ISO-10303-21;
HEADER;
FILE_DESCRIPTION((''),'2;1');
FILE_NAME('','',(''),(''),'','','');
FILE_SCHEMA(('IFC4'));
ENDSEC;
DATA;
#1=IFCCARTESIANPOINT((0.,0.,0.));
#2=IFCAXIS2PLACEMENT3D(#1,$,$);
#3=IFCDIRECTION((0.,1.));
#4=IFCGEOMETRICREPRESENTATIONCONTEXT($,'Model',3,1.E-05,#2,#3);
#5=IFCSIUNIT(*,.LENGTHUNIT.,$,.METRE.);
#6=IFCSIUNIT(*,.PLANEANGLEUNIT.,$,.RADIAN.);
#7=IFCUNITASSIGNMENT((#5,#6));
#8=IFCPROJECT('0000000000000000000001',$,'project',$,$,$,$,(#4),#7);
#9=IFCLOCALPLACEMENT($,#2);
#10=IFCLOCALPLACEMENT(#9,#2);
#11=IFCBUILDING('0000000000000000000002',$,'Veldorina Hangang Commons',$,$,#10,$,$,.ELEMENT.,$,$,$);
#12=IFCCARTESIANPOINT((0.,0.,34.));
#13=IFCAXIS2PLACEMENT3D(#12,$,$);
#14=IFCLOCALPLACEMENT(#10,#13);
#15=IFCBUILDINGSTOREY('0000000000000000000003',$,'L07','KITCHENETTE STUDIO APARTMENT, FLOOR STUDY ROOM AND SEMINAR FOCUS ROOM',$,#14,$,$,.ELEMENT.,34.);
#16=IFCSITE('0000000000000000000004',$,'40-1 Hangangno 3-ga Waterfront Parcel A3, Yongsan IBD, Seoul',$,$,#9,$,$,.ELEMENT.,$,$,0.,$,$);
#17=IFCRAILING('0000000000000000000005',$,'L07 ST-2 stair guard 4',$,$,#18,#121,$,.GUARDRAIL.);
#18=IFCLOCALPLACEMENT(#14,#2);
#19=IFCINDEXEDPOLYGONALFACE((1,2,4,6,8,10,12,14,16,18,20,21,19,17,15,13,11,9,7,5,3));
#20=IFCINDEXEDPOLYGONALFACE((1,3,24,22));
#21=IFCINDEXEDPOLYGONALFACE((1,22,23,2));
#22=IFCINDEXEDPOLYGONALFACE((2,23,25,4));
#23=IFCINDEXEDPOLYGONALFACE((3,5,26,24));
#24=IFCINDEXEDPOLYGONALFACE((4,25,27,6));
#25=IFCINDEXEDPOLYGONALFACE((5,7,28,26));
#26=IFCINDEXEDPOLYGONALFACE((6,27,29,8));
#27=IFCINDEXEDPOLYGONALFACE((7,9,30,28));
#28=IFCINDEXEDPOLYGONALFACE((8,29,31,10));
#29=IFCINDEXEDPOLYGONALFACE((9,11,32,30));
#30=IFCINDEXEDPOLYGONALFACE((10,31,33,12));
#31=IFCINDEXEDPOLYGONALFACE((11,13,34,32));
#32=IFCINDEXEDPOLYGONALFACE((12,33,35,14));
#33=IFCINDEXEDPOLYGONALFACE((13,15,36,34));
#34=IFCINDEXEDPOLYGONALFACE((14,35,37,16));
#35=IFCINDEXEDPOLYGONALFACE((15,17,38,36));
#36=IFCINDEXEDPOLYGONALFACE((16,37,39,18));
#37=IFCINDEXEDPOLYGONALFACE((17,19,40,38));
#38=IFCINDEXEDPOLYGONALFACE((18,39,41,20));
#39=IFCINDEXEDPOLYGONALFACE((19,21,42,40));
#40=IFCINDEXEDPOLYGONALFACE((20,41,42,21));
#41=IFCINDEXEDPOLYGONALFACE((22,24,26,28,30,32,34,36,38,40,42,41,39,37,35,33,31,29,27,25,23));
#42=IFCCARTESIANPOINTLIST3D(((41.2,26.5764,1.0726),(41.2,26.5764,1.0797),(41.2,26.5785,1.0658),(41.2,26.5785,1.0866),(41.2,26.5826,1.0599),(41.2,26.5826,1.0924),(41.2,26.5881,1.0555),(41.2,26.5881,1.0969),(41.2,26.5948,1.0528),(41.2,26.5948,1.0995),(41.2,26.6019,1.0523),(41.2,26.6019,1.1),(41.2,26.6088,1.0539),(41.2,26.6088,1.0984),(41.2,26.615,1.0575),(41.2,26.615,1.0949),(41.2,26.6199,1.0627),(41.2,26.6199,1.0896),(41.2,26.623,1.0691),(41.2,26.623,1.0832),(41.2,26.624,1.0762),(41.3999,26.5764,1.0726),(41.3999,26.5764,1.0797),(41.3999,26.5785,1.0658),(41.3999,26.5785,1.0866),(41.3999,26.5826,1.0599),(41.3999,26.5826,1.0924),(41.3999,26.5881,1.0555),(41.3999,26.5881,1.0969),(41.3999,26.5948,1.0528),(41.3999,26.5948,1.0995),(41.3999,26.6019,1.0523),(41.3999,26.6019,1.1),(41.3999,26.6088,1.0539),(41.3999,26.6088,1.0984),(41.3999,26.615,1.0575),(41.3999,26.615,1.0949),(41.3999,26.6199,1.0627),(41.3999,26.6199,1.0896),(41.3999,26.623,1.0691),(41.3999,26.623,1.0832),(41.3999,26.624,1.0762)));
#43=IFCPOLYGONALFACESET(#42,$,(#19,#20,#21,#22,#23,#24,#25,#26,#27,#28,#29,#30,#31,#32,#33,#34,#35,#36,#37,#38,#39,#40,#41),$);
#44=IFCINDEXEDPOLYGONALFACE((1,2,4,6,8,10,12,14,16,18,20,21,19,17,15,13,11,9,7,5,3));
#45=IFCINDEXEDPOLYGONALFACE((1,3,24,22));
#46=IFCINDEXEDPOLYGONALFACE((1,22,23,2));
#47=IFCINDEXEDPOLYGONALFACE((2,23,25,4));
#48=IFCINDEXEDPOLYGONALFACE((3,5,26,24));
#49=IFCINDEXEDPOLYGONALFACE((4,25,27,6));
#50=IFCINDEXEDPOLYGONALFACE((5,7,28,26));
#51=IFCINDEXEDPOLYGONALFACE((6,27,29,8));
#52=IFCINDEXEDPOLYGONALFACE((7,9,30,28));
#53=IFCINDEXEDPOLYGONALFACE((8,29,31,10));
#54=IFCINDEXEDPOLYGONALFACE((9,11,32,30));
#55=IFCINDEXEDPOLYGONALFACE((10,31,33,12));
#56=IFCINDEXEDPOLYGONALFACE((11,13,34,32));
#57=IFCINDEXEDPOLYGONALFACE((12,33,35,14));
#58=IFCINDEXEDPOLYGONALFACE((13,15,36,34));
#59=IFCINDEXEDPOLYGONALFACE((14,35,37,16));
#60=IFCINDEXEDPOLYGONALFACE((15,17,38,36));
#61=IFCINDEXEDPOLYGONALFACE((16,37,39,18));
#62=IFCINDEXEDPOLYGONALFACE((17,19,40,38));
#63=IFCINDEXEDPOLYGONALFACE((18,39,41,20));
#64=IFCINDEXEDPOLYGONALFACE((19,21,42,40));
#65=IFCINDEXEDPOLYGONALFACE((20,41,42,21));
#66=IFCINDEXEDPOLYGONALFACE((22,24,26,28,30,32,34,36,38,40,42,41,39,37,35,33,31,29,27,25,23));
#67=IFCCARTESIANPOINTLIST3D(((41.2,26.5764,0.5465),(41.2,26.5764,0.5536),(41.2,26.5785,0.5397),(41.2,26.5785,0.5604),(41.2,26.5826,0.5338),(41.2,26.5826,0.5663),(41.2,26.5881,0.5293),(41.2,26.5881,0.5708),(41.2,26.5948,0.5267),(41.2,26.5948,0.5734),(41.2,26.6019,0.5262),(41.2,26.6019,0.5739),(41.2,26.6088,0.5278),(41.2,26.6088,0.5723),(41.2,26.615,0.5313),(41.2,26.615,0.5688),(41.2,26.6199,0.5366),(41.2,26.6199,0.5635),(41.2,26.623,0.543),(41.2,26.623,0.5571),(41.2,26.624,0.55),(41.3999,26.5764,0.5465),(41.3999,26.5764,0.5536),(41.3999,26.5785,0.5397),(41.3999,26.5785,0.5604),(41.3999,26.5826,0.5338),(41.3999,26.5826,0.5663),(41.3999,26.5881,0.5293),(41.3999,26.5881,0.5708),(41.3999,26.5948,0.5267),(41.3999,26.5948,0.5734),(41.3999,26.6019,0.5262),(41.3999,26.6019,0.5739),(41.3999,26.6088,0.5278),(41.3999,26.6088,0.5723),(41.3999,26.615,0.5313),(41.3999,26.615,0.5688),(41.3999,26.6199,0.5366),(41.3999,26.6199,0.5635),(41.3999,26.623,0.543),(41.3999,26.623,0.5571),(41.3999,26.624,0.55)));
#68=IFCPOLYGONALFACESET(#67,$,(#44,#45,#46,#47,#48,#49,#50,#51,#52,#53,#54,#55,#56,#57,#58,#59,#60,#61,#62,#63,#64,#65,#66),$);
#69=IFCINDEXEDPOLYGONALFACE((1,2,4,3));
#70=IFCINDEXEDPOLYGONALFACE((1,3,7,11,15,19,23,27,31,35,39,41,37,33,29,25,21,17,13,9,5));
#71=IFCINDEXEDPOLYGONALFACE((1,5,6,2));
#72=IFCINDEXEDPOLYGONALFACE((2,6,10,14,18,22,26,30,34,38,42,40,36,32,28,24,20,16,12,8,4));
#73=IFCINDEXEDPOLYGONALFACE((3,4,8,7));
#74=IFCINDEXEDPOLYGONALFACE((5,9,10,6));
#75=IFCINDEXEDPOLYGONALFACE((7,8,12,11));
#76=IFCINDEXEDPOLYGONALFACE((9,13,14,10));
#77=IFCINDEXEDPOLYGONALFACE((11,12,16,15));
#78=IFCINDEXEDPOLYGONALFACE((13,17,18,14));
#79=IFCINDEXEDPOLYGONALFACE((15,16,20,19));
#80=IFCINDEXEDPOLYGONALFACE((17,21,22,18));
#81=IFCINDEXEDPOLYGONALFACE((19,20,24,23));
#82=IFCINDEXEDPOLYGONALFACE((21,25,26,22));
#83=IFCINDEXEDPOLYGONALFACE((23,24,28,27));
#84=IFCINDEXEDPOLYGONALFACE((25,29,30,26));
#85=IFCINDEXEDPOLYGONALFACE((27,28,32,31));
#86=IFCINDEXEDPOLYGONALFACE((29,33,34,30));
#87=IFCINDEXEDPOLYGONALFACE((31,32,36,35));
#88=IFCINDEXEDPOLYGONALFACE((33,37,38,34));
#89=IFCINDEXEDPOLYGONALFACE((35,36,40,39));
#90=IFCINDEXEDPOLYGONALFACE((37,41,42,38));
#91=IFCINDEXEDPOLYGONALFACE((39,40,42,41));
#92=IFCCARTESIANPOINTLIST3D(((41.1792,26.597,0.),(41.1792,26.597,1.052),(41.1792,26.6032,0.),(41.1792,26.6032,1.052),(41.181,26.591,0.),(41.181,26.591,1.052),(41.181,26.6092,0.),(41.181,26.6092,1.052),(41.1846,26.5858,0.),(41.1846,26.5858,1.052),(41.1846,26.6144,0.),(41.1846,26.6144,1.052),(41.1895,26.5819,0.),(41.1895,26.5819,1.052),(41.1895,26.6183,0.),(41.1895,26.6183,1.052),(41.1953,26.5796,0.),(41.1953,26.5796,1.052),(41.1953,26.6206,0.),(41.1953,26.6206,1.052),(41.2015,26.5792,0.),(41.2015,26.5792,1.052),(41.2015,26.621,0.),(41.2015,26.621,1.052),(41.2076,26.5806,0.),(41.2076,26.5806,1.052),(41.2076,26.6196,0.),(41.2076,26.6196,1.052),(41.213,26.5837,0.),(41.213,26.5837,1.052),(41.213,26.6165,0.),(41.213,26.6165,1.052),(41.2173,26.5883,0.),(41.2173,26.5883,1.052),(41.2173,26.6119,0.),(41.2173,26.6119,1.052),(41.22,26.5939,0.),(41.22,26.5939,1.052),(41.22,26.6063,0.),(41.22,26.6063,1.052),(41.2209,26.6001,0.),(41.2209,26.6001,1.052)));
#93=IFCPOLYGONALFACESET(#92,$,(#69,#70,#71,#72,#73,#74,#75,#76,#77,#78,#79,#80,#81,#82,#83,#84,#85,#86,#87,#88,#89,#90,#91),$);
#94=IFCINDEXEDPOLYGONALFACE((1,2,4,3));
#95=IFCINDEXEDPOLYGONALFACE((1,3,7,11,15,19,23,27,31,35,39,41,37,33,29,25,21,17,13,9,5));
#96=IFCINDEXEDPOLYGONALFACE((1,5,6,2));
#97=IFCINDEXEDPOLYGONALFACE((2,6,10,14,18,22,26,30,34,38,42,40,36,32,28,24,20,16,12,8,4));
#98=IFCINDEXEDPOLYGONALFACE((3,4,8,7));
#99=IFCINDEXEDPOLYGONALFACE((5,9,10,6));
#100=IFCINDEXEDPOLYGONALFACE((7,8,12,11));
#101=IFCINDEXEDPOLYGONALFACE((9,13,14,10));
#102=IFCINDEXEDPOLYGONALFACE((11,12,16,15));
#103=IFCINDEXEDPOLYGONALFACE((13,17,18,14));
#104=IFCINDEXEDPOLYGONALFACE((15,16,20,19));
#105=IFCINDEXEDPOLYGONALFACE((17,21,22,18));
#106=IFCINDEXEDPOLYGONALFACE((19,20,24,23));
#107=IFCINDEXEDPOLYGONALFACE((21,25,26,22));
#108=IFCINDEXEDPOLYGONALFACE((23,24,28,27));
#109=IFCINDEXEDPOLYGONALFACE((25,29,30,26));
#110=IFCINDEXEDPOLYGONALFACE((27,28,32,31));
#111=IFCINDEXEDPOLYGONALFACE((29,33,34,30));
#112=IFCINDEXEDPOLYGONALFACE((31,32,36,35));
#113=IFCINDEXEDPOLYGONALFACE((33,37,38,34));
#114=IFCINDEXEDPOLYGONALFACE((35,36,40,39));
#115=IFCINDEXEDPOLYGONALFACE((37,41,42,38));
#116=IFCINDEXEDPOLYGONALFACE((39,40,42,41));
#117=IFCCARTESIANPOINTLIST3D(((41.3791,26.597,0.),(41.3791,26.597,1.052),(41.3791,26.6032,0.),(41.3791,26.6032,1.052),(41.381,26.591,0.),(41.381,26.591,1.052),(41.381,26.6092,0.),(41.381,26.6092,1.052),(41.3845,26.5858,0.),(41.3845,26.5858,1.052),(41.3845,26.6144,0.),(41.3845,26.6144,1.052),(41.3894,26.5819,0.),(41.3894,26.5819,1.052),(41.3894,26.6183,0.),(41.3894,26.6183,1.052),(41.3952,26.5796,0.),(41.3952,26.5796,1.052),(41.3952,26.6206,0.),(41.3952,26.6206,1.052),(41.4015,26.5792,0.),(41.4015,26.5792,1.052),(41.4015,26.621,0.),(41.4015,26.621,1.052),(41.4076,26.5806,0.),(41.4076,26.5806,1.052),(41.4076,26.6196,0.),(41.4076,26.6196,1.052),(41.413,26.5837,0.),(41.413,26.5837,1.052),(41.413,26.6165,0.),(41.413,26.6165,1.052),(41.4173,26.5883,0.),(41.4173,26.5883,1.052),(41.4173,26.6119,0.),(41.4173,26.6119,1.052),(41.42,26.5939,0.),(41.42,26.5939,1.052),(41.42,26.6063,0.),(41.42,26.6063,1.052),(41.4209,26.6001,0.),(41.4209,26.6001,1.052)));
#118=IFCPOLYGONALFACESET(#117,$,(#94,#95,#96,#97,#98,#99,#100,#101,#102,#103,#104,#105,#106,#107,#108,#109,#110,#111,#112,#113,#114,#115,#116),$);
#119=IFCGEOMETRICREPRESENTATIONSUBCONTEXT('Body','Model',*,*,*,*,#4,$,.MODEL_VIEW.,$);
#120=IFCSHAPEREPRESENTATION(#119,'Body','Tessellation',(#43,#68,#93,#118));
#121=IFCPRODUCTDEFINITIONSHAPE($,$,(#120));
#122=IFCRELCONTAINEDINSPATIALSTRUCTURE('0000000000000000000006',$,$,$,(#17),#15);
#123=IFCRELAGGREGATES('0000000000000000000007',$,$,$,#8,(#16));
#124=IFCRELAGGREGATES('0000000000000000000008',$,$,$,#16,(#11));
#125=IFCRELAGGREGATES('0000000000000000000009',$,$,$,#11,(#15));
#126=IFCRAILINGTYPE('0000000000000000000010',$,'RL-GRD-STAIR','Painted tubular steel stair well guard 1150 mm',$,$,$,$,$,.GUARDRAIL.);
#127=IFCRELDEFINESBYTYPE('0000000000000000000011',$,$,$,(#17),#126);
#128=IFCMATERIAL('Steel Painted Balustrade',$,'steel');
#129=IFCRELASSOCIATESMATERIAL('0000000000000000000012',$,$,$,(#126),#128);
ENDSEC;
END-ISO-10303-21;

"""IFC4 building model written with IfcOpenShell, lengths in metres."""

from ifc_helpers import new_model, si_unit, direction, frame, origin, origin_2d, place, context, subcontext, project, spatial, circle, extrude, material, type_object, element, save


model = new_model("IFC4")

# Units and contexts
model_context = context("Model", 3, precision=1e-05, world=origin(), true_north=direction((0.0, 1.0)))
body_context = subcontext(model_context, "Body", "Model", "MODEL_VIEW")
ifc_project = project(units=[si_unit("LENGTHUNIT", "METRE"), si_unit("PLANEANGLEUNIT", "RADIAN")], contexts=[model_context])

# Site, building, storey
site_placement = place(None, origin())
site = spatial("IfcSite", under=ifc_project, at=site_placement, Name="40-1 Hangangno 3-ga Waterfront Parcel A3, Yongsan IBD, Seoul", CompositionType="ELEMENT", RefElevation=0.0)
building_placement = place(site_placement, origin())
building = spatial("IfcBuilding", under=site, at=building_placement, Name="Veldorina Hangang Commons", CompositionType="ELEMENT")
storey_placement = place(building_placement, frame((0.0, 0.0, 34.0)))
storey = spatial("IfcBuildingStorey", under=building, at=storey_placement, Name="L07", Description="KITCHENETTE STUDIO APARTMENT, FLOOR STUDY ROOM AND SEMINAR FOCUS ROOM", CompositionType="ELEMENT", Elevation=34.0)

# Railing
ifc_material_1 = material(Name="Steel Painted Balustrade", Category="steel")
railing_type_1 = type_object("IfcRailingType", Name="RL-GRD-STAIR", Description="Painted tubular steel stair well guard 1150 mm", PredefinedType="GUARDRAIL", material=ifc_material_1)
railing_1_placement = place(storey_placement, frame((41.2, 26.6001, 0.0)))
element("IfcRailing", 1, at=railing_1_placement, inside=storey, type_object=railing_type_1, Name="L07 ST-2 stair guard 4", PredefinedType="GUARDRAIL", context=body_context, shape_type="SweptSolid", body=[
    extrude(circle(Radius=0.0239, at=origin_2d()), frame((0.0, 0.0, 1.0762), z_axis=(1.0, 0.0, 0.0), x_axis=(0.0, 1.0, 0.0)), (0.0, 0.0, 1.0), 0.2),
    extrude(circle(Radius=0.0239, at=origin_2d()), frame((0.0, 0.0, 0.55), z_axis=(1.0, 0.0, 0.0), x_axis=(0.0, 1.0, 0.0)), (0.0, 0.0, 1.0), 0.2),
    extrude(circle(Radius=0.021, at=origin_2d()), origin(), (0.0, 0.0, 1.0), 1.052),
    extrude(circle(Radius=0.021, at=origin_2d()), frame((0.2, 0.0, 0.0)), (0.0, 0.0, 1.0), 1.052),
])

save(model, "model.ifc")
